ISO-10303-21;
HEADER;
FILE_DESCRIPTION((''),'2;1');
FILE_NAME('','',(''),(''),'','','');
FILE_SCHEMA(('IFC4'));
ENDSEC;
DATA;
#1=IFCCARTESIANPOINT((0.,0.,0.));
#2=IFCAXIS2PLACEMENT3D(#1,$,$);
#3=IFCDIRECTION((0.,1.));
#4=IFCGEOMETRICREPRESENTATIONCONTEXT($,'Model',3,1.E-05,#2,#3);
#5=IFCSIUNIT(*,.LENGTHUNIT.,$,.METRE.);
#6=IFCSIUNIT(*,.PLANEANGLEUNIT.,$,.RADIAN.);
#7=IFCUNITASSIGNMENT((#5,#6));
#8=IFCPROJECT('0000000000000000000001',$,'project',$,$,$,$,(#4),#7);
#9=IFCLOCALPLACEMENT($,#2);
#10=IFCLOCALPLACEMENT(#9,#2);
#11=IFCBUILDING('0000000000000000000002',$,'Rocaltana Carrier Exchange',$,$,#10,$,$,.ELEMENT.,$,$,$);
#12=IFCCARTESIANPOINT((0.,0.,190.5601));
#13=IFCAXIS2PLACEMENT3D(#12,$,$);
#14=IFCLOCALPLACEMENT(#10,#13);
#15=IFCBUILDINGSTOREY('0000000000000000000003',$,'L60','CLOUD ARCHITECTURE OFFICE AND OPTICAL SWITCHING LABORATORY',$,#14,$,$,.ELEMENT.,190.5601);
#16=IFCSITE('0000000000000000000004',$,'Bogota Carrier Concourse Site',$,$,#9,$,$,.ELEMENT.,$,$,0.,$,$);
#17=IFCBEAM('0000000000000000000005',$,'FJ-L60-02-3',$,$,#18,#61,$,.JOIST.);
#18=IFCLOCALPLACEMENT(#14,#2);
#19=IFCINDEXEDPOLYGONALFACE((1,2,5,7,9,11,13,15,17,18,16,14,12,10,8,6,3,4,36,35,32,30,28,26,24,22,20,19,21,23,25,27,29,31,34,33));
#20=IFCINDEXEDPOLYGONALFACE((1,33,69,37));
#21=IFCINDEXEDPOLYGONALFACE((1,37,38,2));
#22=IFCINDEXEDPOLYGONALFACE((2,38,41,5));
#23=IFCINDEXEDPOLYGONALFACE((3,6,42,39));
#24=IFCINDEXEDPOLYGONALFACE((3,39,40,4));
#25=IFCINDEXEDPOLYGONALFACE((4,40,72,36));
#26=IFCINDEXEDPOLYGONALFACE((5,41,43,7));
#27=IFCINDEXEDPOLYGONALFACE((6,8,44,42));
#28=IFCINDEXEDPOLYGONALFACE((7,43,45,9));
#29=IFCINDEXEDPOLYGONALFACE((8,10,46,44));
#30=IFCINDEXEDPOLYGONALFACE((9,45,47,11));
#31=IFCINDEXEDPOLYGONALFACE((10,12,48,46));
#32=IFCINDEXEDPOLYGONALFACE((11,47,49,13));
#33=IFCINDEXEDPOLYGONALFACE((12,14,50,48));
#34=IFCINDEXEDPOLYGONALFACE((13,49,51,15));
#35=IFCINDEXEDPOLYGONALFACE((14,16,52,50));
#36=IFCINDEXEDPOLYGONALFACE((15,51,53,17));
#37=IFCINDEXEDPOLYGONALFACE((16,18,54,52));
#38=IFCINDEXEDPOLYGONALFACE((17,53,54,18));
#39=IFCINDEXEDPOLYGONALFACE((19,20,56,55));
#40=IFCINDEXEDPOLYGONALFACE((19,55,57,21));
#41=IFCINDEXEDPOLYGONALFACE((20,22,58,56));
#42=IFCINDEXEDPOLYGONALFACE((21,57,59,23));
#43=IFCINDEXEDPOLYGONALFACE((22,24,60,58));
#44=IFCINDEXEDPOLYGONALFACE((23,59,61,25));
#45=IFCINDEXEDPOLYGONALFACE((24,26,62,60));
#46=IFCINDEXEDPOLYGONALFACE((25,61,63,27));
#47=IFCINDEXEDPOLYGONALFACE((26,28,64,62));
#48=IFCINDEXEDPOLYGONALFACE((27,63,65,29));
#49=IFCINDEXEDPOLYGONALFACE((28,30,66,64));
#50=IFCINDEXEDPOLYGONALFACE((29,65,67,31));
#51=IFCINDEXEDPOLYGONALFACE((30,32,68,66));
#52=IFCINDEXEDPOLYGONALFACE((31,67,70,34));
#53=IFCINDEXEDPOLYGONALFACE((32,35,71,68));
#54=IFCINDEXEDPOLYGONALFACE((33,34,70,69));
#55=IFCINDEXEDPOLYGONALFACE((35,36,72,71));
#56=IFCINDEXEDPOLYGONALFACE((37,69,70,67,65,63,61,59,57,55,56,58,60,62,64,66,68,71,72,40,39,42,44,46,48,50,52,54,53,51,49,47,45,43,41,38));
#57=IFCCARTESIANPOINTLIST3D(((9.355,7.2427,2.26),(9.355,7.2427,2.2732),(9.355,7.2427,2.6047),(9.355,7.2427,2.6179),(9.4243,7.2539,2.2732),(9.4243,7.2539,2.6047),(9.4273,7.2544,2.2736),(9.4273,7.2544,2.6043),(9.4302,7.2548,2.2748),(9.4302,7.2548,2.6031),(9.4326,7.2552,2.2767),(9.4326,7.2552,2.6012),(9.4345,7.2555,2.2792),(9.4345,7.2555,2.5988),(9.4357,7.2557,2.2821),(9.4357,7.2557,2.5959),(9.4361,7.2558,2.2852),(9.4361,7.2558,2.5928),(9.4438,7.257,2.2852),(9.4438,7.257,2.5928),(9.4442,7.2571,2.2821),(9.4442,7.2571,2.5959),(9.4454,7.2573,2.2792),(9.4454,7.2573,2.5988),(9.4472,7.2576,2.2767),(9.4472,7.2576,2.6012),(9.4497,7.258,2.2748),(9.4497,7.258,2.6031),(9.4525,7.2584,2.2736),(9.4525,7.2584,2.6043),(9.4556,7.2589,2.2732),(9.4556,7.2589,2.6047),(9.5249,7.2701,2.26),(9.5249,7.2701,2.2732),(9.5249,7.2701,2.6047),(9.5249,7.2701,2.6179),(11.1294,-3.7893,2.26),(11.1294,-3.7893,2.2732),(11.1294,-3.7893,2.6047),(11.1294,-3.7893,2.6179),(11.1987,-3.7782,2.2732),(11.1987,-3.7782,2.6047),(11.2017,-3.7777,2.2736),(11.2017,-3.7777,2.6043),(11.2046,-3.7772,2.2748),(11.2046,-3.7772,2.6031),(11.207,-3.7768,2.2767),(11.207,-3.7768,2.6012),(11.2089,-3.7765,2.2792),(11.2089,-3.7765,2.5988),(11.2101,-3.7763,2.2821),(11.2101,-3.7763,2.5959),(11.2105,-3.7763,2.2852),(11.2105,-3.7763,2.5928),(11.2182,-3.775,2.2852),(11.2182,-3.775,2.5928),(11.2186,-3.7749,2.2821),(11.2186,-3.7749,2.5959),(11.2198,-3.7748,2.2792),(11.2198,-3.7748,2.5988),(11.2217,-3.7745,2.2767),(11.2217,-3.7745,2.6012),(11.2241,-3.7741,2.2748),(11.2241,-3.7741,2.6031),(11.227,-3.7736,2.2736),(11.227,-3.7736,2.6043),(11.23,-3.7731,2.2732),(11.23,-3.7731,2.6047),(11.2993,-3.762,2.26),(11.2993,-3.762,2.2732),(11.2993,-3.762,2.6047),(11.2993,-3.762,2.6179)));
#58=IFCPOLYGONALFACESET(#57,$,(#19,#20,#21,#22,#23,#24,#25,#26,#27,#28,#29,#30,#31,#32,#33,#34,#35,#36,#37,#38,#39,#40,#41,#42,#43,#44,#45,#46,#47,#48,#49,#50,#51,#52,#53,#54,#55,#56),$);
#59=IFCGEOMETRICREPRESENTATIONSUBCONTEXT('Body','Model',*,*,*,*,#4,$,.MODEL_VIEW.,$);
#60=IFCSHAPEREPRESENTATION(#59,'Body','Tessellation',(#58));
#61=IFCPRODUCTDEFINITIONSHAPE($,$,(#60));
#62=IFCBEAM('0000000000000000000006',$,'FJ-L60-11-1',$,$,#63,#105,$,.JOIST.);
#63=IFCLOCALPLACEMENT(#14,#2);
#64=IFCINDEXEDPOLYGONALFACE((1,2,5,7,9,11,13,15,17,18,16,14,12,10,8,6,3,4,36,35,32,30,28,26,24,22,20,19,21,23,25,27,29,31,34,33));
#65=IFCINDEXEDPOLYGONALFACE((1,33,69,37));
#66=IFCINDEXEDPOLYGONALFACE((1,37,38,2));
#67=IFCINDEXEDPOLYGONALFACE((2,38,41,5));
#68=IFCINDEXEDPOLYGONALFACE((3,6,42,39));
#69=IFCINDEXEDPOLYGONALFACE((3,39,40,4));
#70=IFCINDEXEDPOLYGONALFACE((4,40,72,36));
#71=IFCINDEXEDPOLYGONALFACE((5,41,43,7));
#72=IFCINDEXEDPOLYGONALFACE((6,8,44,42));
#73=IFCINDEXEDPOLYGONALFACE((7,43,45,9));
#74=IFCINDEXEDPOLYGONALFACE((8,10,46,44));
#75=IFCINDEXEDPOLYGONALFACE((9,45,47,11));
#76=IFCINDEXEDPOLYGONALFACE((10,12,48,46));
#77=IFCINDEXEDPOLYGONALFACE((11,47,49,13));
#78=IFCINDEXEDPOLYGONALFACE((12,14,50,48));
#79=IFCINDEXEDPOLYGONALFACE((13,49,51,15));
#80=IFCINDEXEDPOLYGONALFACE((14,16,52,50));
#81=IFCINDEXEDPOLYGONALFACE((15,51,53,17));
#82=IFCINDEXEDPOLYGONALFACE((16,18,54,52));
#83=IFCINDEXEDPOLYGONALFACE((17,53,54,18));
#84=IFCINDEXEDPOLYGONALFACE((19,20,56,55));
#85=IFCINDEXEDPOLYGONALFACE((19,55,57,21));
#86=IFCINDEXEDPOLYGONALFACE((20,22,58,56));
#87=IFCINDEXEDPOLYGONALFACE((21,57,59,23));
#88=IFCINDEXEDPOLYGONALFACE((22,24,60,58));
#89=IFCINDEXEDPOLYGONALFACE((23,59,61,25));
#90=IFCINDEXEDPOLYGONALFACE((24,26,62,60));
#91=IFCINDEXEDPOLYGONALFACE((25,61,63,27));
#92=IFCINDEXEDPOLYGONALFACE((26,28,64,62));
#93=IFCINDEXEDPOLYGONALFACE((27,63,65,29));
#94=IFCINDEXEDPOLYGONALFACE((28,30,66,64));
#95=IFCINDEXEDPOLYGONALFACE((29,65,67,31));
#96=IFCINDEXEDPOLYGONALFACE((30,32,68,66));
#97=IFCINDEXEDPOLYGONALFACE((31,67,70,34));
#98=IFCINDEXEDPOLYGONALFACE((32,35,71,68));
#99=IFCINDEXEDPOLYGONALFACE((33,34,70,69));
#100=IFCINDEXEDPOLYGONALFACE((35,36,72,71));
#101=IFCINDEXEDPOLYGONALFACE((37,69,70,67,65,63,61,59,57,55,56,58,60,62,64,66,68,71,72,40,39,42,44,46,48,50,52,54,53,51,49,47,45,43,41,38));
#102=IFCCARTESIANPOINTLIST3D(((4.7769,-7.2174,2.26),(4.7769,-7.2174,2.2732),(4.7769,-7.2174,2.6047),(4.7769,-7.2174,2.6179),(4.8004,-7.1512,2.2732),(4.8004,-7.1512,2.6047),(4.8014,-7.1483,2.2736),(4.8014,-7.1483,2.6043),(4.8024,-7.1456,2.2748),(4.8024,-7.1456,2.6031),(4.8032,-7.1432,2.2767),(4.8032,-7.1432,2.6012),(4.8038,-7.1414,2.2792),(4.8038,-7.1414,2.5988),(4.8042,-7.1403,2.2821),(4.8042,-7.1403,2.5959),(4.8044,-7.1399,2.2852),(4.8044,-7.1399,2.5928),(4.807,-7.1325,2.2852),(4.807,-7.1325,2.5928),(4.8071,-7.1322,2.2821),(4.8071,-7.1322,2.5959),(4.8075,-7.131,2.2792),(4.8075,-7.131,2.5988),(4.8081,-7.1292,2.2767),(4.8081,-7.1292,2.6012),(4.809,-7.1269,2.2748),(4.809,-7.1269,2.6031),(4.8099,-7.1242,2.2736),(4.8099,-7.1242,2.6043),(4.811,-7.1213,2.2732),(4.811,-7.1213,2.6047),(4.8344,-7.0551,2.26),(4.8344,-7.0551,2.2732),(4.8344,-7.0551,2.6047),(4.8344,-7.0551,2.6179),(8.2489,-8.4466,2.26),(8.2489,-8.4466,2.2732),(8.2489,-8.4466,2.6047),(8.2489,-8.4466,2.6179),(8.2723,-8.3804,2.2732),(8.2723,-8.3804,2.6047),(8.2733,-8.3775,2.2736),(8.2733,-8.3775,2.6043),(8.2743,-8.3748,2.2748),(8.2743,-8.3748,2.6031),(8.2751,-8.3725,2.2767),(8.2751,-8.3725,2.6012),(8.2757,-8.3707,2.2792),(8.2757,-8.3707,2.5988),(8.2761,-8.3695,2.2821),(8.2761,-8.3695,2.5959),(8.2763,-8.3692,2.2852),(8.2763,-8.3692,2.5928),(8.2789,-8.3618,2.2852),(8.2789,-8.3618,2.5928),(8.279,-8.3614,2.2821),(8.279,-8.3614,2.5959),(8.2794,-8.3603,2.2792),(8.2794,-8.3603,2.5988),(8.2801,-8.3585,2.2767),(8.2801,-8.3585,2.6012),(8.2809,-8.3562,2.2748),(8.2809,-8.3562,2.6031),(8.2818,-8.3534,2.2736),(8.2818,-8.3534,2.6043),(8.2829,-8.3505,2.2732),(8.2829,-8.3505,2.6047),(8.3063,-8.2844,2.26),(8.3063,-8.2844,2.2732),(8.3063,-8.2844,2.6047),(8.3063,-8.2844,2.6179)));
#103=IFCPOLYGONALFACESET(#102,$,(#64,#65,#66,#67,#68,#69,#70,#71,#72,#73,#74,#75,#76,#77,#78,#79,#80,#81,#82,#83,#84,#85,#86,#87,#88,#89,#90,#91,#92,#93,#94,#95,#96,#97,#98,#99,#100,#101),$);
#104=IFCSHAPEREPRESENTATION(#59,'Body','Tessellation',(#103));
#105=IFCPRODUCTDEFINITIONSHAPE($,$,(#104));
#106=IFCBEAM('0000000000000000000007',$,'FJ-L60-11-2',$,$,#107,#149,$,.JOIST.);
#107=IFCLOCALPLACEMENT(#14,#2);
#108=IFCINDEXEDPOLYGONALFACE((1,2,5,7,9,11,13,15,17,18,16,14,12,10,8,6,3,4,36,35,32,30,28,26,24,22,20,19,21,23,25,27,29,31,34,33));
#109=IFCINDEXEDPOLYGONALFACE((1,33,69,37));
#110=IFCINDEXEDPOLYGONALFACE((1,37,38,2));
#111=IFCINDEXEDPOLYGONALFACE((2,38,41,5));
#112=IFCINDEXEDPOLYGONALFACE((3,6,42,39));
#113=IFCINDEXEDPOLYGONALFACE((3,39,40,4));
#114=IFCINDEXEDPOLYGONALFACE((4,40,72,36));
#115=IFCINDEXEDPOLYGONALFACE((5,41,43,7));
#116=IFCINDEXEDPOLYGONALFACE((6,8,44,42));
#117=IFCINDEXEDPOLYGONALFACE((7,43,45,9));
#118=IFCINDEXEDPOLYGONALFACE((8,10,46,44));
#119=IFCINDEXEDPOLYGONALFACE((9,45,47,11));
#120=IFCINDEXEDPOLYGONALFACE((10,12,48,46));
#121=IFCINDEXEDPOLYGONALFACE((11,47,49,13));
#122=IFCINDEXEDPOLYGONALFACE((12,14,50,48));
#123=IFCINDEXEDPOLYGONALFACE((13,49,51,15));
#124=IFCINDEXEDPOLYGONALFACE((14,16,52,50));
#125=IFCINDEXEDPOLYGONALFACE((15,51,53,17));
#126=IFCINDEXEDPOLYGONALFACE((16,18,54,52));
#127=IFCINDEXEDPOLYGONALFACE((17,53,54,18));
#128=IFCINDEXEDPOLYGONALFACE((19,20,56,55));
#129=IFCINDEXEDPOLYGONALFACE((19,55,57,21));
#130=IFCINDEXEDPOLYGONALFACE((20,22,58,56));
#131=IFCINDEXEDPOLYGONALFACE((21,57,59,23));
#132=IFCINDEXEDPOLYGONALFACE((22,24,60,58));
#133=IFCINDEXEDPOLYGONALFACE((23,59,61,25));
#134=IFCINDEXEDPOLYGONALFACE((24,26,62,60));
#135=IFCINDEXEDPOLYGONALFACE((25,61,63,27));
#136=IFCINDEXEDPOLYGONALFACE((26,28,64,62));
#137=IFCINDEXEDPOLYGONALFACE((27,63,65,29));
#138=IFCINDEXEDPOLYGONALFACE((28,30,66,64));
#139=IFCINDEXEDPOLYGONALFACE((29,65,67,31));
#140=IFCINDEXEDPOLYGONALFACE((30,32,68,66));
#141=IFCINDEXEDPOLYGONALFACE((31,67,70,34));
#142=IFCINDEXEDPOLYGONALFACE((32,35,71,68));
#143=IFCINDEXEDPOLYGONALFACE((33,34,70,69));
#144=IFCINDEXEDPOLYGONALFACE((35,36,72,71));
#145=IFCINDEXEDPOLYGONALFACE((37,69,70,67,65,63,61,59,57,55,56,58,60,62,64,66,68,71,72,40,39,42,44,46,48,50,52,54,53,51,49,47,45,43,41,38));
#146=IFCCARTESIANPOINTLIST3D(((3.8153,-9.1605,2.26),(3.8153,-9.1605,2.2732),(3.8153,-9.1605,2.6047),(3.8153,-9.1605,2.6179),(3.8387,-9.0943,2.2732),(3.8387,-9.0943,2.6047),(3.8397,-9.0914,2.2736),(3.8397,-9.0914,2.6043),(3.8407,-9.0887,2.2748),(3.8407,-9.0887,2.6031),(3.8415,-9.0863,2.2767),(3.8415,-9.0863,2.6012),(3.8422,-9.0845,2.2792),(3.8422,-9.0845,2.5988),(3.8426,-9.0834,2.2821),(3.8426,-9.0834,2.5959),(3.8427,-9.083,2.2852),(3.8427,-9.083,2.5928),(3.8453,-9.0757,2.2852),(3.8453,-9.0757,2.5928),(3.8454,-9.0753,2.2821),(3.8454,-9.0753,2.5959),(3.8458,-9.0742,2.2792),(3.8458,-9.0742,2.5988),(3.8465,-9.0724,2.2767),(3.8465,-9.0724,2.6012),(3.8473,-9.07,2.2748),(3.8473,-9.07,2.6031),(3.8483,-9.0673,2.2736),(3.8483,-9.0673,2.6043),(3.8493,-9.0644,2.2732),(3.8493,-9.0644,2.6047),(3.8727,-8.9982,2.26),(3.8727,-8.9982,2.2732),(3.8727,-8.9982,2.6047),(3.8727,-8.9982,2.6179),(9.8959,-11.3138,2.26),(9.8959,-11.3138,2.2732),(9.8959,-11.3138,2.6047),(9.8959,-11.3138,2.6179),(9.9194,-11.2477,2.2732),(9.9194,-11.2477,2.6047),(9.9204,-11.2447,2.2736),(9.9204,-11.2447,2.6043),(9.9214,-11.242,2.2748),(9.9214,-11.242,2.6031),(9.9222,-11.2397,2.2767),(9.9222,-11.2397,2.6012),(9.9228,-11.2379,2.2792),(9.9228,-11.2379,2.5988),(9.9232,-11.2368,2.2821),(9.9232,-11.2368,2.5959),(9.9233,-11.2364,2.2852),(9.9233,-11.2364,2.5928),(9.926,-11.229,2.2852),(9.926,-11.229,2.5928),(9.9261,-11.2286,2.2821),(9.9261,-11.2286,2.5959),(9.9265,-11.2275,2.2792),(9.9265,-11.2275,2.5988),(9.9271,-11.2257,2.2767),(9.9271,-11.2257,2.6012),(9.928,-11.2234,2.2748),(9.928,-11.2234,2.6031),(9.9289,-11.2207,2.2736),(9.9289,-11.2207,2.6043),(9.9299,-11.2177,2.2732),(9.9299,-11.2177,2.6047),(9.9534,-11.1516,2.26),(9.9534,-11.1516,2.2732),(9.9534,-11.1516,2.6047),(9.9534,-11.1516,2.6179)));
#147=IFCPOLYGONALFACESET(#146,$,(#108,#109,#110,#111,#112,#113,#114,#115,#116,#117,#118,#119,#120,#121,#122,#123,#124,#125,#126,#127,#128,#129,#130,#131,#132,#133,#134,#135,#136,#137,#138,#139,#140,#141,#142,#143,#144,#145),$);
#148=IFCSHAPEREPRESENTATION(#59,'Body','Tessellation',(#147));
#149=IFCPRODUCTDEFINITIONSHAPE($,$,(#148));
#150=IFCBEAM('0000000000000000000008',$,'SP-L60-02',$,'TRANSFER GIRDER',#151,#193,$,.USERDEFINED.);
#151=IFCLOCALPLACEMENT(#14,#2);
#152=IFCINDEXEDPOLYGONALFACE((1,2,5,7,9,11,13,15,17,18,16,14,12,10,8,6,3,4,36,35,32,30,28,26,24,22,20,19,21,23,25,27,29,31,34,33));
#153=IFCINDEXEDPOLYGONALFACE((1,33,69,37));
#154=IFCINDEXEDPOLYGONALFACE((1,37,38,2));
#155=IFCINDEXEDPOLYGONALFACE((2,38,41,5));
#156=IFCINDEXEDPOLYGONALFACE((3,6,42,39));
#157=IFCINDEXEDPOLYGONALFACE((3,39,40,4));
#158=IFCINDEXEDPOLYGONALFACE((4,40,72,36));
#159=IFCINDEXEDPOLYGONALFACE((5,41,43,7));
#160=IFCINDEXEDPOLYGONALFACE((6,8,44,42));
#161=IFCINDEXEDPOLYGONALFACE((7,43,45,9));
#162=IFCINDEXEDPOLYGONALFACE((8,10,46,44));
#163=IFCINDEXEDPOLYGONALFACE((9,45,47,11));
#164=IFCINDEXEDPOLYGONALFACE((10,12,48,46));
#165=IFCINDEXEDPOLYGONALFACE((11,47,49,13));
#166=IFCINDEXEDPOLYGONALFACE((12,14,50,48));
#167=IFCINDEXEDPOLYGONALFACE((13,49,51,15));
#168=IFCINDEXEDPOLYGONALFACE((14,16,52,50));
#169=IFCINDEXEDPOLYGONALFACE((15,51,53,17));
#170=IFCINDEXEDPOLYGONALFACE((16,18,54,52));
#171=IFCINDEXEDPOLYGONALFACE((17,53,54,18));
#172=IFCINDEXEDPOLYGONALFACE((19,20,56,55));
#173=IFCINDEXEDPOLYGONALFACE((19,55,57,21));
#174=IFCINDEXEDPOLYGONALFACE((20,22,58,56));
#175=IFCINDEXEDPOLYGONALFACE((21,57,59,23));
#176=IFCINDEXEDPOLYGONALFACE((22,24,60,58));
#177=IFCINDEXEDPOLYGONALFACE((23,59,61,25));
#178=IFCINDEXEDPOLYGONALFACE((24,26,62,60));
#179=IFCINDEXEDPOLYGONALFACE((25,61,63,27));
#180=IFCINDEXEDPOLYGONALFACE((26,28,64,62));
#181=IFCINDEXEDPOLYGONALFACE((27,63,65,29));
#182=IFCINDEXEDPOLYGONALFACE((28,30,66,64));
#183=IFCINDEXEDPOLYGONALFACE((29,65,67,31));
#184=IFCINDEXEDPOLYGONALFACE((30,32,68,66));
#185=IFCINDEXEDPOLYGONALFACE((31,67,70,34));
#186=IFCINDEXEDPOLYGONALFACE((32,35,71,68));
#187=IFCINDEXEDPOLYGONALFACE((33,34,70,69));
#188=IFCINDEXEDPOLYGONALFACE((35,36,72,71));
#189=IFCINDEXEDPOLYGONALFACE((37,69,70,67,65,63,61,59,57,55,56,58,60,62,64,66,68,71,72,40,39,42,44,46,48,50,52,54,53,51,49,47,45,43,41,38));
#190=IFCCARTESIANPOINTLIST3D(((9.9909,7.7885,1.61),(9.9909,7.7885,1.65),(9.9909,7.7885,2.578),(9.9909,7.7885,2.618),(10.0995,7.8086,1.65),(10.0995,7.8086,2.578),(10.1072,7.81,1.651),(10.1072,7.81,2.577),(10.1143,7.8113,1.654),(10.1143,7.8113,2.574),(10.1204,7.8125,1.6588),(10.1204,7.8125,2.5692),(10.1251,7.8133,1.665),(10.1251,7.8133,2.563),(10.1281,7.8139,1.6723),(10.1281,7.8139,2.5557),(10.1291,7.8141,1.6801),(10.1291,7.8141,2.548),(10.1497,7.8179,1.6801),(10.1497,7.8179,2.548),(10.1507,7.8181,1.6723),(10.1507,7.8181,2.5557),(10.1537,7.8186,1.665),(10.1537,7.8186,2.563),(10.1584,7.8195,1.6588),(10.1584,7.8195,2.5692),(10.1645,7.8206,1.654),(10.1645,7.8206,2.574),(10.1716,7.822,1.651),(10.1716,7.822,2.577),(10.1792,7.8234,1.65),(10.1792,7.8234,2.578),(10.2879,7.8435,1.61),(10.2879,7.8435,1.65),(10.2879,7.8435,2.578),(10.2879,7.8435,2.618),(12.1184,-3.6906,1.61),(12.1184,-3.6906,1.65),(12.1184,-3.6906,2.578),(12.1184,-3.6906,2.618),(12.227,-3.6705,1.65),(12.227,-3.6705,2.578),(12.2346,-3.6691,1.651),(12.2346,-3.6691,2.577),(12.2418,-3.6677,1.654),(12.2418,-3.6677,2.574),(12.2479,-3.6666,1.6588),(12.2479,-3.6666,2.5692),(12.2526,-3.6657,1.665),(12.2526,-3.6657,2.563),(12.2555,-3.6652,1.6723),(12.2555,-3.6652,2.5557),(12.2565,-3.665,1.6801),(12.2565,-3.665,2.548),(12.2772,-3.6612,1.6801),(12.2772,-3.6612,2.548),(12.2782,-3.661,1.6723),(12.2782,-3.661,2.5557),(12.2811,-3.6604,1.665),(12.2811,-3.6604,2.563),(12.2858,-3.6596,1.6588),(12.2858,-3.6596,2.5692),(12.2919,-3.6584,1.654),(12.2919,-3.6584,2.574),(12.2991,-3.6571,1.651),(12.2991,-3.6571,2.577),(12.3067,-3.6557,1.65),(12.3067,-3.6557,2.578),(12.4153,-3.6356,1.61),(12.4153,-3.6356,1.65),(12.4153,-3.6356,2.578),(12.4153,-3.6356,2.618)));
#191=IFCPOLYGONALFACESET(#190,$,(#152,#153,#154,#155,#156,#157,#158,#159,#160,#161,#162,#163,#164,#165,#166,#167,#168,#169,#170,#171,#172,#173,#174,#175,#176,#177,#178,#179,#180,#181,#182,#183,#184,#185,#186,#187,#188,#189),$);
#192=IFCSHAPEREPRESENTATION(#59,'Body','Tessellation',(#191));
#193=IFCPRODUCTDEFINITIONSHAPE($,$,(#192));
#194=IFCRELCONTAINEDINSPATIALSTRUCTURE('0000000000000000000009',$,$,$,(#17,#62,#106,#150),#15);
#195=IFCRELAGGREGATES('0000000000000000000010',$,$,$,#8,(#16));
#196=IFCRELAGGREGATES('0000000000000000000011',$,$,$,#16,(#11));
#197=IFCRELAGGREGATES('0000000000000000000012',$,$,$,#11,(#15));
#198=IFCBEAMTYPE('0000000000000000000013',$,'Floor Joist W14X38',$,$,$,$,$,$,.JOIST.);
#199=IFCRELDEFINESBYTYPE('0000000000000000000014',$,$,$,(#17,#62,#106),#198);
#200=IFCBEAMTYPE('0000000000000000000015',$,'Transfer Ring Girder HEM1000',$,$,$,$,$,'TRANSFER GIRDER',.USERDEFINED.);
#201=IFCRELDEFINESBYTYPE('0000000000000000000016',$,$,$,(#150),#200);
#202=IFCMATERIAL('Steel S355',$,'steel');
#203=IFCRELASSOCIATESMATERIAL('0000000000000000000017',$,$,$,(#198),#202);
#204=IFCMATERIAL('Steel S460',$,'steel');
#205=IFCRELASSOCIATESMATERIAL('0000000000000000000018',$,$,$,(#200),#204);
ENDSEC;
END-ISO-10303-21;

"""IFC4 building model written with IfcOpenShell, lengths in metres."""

from ifc_helpers import new_model, si_unit, direction, frame, origin, origin_2d, place, context, subcontext, project, spatial, i_section, extrude, material, material_profile, profile_set, type_object, element, save


model = new_model("IFC4")

# Units and contexts
model_context = context("Model", 3, precision=1e-05, world=origin(), true_north=direction((0.0, 1.0)))
body_context = subcontext(model_context, "Body", "Model", "MODEL_VIEW")
ifc_project = project(units=[si_unit("LENGTHUNIT", "METRE"), si_unit("PLANEANGLEUNIT", "RADIAN")], contexts=[model_context])

# Site, building, storey
site_placement = place(None, origin())
site = spatial("IfcSite", under=ifc_project, at=site_placement, Name="Bogota Carrier Concourse Site", CompositionType="ELEMENT", RefElevation=0.0)
building_placement = place(site_placement, origin())
building = spatial("IfcBuilding", under=site, at=building_placement, Name="Rocaltana Carrier Exchange", CompositionType="ELEMENT")
storey_placement = place(building_placement, frame((0.0, 0.0, 190.5601)))
storey = spatial("IfcBuildingStorey", under=building, at=storey_placement, Name="L60", Description="CLOUD ARCHITECTURE OFFICE AND OPTICAL SWITCHING LABORATORY", CompositionType="ELEMENT", Elevation=190.5601)

# Beams
ifc_material_1 = material(Name="Steel S355", Category="steel")
ifc_material_profile_1 = material_profile(ifc_material_1, i_section(OverallWidth=0.1721, OverallDepth=0.3579, WebThickness=0.0078, FlangeThickness=0.0132, FilletRadius=0.012, at=origin_2d()), Name="W14X38")
ifc_profile_set_1 = profile_set([ifc_material_profile_1], Name="Steel S355")
beam_type_1 = type_object("IfcBeamType", Name="Floor Joist W14X38", PredefinedType="JOIST", material=ifc_profile_set_1)
beam_1_placement = place(storey_placement, frame((11.2144, -3.7756, 2.439), z_axis=(-0.158802, 0.98731, 0.0), x_axis=(-0.98731, -0.158802, 0.0)))
element("IfcBeam", 1, at=beam_1_placement, inside=storey, type_object=beam_type_1, Name="FJ-L60-02-3", PredefinedType="JOIST", context=body_context, shape_type="SweptSolid", body=[
    extrude(i_section(OverallWidth=0.1721, OverallDepth=0.3579, WebThickness=0.0078, FlangeThickness=0.0132, FilletRadius=0.012, at=origin_2d()), origin(), (0.0, 0.0, 1.0), 11.1738),
])
beam_2_placement = place(storey_placement, frame((4.8057, -7.1362, 2.439), z_axis=(0.942661, -0.333753, 0.0), x_axis=(0.333753, 0.942661, 0.0)))
element("IfcBeam", 2, at=beam_2_placement, inside=storey, type_object=beam_type_1, Name="FJ-L60-11-1", PredefinedType="JOIST", context=body_context, shape_type="SweptSolid", body=[
    extrude(i_section(OverallWidth=0.1721, OverallDepth=0.3579, WebThickness=0.0078, FlangeThickness=0.0132, FilletRadius=0.012, at=origin_2d()), origin(), (0.0, 0.0, 1.0), 3.6831),
])
beam_3_placement = place(storey_placement, frame((3.844, -9.0793, 2.439), z_axis=(0.942638, -0.333818, 0.0), x_axis=(0.333818, 0.942638, 0.0)))
element("IfcBeam", 3, at=beam_3_placement, inside=storey, type_object=beam_type_1, Name="FJ-L60-11-2", PredefinedType="JOIST", context=body_context, shape_type="SweptSolid", body=[
    extrude(i_section(OverallWidth=0.1721, OverallDepth=0.3579, WebThickness=0.0078, FlangeThickness=0.0132, FilletRadius=0.012, at=origin_2d()), origin(), (0.0, 0.0, 1.0), 6.4507),
])
ifc_material_2 = material(Name="Steel S460", Category="steel")
ifc_material_profile_2 = material_profile(ifc_material_2, i_section(OverallWidth=0.302, OverallDepth=1.0081, WebThickness=0.021, FlangeThickness=0.04, FilletRadius=0.03, at=origin_2d()), Name="HEM1000")
ifc_profile_set_2 = profile_set([ifc_material_profile_2], Name="Steel S460")
beam_type_2 = type_object("IfcBeamType", Name="Transfer Ring Girder HEM1000", ElementType="TRANSFER GIRDER", PredefinedType="USERDEFINED", material=ifc_profile_set_2)
beam_4_placement = place(storey_placement, frame((12.2668, -3.6631, 2.114), z_axis=(-0.18223, 0.983256, 0.0), x_axis=(-0.983256, -0.18223, 0.0)))
element("IfcBeam", 4, at=beam_4_placement, inside=storey, type_object=beam_type_2, Name="SP-L60-02", ObjectType="TRANSFER GIRDER", PredefinedType="USERDEFINED", context=body_context, shape_type="SweptSolid", body=[
    extrude(i_section(OverallWidth=0.302, OverallDepth=1.0081, WebThickness=0.021, FlangeThickness=0.04, FilletRadius=0.03, at=origin_2d()), origin(), (0.0, 0.0, 1.0), 11.6746),
])

save(model, "model.ifc")
